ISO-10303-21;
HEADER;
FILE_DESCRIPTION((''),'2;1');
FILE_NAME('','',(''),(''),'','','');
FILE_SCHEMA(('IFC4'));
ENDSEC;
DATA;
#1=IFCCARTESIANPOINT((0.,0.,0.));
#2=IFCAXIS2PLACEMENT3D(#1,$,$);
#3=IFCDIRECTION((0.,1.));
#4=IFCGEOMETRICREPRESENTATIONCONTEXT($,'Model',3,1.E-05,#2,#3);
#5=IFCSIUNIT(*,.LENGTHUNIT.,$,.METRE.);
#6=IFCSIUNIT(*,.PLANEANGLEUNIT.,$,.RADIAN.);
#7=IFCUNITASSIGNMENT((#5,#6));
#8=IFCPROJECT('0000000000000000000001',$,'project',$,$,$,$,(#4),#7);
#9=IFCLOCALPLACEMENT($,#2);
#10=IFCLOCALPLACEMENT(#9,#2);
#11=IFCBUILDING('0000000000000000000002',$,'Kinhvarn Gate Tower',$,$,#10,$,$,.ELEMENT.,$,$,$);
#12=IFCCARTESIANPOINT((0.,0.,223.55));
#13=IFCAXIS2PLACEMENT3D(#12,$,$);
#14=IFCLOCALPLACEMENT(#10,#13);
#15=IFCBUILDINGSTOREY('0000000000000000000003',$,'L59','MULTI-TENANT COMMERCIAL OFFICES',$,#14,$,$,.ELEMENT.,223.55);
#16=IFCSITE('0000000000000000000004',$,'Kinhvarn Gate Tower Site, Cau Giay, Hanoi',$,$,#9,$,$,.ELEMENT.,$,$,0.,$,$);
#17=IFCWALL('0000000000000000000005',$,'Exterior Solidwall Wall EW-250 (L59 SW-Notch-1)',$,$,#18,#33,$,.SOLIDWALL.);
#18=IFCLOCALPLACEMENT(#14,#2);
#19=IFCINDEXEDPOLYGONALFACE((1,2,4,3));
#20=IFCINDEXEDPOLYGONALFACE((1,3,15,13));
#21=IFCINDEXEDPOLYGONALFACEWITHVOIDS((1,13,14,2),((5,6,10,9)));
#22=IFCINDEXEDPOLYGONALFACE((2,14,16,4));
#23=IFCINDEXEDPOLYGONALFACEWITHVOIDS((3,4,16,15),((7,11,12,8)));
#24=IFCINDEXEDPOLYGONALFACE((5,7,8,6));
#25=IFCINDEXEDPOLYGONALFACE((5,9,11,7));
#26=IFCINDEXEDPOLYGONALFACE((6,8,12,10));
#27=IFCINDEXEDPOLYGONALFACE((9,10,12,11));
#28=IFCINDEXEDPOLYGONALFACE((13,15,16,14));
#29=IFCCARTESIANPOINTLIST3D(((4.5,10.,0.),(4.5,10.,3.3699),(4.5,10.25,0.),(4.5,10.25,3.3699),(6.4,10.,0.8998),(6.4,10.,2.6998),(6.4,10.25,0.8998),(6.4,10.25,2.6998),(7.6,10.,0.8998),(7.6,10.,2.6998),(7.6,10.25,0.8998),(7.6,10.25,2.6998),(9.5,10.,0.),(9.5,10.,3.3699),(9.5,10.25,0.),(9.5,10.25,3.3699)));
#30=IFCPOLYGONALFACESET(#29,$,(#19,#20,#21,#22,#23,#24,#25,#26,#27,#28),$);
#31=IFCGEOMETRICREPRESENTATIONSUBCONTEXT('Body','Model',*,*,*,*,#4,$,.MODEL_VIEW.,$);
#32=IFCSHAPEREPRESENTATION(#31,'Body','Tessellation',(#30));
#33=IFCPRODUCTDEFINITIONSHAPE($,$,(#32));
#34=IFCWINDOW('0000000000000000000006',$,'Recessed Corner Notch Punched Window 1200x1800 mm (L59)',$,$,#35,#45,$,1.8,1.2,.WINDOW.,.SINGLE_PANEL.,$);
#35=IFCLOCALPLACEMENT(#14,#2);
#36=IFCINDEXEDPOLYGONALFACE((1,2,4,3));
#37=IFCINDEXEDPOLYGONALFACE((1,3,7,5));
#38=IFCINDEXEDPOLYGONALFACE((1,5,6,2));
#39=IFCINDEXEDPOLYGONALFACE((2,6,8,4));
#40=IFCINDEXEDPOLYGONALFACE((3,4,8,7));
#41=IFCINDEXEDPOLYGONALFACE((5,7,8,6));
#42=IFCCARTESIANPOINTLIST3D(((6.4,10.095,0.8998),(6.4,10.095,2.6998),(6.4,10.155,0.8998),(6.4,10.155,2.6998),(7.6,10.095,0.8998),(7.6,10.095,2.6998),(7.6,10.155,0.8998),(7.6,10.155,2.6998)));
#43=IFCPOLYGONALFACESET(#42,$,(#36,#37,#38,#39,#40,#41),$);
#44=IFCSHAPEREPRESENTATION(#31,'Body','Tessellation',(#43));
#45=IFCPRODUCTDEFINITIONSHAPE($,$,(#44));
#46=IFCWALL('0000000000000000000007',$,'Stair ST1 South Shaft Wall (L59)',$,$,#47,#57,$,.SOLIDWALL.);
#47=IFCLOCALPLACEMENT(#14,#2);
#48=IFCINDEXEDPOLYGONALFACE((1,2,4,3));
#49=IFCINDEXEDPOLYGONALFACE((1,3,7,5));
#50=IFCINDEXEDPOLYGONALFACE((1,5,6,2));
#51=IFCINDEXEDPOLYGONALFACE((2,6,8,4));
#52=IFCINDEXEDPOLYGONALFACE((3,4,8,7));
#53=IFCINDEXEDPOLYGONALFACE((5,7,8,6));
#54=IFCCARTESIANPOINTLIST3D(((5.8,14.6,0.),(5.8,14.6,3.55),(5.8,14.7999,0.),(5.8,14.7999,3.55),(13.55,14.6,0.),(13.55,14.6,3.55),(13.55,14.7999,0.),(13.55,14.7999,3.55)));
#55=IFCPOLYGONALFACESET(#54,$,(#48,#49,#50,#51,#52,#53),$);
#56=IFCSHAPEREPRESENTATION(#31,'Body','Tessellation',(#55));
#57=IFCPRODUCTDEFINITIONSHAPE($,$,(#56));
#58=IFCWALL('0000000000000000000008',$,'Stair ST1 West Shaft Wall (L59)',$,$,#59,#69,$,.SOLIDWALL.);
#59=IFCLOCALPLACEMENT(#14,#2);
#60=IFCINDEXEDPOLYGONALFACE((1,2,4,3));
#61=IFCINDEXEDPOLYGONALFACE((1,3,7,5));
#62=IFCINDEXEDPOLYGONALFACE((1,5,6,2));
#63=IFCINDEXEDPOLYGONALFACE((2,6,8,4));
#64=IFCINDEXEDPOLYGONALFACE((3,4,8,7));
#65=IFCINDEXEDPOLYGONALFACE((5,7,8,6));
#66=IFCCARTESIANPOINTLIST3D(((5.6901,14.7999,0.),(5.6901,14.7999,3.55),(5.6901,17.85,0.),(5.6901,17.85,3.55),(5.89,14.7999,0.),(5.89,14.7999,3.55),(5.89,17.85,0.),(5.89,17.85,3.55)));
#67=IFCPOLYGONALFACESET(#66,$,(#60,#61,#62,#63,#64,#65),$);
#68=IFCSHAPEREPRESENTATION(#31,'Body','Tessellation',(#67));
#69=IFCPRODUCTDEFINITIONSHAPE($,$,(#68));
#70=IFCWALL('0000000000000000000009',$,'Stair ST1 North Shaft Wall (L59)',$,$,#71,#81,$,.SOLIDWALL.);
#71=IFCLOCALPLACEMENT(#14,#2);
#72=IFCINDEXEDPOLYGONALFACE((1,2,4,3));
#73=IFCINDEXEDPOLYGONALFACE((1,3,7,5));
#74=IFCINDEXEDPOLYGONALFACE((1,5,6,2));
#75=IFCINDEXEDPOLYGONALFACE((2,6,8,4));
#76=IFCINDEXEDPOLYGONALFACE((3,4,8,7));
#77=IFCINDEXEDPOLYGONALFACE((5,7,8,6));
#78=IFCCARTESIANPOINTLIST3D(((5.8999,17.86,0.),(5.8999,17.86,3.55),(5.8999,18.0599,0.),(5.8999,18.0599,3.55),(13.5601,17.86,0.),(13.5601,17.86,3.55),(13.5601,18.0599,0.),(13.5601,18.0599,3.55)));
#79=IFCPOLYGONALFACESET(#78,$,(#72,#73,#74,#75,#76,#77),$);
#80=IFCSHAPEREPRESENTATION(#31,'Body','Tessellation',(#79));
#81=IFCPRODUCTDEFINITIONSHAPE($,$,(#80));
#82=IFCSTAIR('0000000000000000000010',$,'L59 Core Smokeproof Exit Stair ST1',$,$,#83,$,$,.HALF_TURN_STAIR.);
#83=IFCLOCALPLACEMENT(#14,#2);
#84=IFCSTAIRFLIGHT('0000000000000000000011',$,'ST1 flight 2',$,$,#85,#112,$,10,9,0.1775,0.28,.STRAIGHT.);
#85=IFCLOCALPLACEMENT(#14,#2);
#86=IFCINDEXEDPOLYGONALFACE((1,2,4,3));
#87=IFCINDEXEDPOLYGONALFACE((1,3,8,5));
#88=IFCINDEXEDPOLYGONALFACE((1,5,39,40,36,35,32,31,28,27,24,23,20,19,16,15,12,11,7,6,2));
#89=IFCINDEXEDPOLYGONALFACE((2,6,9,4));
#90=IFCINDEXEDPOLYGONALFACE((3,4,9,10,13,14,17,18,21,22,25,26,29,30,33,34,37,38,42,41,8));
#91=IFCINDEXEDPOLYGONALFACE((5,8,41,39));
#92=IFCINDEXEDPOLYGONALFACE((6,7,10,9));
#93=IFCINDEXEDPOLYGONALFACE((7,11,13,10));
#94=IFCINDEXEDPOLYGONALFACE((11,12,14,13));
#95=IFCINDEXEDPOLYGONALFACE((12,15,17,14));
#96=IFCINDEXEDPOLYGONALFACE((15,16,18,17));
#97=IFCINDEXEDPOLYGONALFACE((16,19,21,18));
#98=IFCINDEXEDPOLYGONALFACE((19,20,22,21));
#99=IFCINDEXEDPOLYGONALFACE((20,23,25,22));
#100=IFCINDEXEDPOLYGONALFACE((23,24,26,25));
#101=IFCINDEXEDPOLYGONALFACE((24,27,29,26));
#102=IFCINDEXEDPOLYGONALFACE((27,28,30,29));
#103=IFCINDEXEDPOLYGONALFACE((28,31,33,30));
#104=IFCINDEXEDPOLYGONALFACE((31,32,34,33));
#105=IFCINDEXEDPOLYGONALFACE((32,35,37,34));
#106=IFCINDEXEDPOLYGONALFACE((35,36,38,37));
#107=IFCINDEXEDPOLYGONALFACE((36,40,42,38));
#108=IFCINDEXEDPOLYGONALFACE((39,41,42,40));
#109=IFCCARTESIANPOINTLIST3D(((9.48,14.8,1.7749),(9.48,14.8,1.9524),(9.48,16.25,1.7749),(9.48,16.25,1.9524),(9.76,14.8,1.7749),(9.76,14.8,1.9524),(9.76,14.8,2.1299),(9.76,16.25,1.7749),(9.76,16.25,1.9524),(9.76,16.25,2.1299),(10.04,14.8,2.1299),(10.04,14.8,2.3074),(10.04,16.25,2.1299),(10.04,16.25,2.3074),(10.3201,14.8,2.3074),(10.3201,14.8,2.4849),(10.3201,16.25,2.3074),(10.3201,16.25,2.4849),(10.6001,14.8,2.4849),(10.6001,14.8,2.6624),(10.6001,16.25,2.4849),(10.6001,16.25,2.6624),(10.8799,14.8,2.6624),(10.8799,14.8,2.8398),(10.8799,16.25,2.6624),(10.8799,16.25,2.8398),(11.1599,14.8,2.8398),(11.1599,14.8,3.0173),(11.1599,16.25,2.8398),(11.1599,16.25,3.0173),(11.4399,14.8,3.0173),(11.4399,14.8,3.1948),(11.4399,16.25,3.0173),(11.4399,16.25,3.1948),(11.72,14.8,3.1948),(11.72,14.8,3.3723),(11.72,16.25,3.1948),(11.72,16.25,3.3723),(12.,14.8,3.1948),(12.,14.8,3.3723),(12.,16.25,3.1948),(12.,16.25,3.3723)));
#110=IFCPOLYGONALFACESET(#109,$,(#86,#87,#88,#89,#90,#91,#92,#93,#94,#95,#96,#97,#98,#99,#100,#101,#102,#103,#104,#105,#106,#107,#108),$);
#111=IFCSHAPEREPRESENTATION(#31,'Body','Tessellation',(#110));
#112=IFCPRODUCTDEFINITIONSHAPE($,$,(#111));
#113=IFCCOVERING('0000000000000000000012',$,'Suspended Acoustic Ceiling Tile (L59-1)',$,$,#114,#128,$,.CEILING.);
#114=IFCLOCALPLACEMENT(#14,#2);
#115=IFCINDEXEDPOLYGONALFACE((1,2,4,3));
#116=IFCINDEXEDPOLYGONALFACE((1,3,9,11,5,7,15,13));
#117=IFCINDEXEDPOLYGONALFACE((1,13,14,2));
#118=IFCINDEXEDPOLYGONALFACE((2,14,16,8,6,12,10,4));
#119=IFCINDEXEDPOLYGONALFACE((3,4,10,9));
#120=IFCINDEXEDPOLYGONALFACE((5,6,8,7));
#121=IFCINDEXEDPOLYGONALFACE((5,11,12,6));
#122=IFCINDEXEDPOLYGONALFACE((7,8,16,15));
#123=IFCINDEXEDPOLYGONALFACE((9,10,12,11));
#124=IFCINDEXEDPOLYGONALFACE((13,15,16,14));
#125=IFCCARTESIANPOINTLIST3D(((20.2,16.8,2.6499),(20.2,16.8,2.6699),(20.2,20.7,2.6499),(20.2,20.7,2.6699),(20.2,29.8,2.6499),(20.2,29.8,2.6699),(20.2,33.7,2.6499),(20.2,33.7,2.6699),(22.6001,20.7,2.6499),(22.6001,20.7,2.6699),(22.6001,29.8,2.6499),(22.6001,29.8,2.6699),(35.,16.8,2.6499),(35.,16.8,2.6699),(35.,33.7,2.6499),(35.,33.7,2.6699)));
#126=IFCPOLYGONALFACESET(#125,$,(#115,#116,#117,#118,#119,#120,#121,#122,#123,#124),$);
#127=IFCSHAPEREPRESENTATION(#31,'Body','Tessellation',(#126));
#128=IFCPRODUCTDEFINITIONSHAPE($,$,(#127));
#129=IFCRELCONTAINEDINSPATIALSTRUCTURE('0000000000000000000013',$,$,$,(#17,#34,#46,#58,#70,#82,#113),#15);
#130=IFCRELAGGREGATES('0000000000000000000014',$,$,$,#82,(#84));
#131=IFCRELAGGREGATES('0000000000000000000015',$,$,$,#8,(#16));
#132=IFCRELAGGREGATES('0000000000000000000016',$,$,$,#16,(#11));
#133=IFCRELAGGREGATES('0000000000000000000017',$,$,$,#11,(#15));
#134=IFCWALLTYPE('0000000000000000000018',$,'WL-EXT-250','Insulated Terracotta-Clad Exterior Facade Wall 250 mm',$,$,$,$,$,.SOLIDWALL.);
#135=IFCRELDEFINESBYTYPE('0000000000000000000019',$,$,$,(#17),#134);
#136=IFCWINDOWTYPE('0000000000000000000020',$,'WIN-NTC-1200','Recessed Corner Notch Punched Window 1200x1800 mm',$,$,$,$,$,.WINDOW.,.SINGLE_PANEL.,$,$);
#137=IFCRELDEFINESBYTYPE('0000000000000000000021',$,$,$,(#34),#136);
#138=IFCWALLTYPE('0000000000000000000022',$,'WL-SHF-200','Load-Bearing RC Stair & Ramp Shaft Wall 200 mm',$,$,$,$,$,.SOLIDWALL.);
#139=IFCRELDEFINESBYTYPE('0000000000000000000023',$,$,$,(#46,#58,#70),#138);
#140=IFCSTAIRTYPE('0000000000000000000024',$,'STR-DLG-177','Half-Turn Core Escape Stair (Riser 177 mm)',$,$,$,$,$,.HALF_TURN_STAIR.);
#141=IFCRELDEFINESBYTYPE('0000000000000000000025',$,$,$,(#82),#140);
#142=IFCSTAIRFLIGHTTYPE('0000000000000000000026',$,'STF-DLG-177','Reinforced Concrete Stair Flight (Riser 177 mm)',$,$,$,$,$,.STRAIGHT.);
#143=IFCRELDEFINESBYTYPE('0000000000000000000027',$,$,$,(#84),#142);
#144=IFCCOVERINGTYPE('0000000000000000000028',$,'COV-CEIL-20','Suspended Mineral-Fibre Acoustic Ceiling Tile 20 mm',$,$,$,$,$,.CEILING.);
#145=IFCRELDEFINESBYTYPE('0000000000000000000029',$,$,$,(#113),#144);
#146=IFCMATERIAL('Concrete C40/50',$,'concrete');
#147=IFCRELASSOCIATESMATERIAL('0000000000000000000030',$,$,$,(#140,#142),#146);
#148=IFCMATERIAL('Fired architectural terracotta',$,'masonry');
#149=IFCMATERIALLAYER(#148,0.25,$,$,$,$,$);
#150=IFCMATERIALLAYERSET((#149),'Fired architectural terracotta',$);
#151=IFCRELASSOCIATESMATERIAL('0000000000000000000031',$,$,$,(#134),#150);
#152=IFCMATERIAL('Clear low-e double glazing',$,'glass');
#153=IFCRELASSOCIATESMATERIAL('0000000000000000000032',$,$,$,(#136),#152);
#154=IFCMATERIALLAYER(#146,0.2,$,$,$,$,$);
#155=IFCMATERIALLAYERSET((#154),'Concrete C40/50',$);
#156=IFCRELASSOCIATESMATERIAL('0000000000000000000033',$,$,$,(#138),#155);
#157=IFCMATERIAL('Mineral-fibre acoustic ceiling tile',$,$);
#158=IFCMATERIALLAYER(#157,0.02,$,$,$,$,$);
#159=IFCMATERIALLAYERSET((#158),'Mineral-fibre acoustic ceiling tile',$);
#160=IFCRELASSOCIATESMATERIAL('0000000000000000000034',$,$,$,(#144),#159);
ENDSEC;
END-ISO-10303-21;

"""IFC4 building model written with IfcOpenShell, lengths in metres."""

from ifc_helpers import new_model, si_unit, direction, frame, frame_2d, origin, place, context, subcontext, project, spatial, polyline, rectangle, outline, extrude, material, layer, layer_set, type_object, element, fill, aggregate, save


model = new_model("IFC4")

# Units and contexts
model_context = context("Model", 3, precision=1e-05, world=origin(), true_north=direction((0.0, 1.0)))
body_context = subcontext(model_context, "Body", "Model", "MODEL_VIEW")
ifc_project = project(units=[si_unit("LENGTHUNIT", "METRE"), si_unit("PLANEANGLEUNIT", "RADIAN")], contexts=[model_context])

# Site, building, storey
site_placement = place(None, origin())
site = spatial("IfcSite", under=ifc_project, at=site_placement, Name="Kinhvarn Gate Tower Site, Cau Giay, Hanoi", CompositionType="ELEMENT", RefElevation=0.0)
building_placement = place(site_placement, origin())
building = spatial("IfcBuilding", under=site, at=building_placement, Name="Kinhvarn Gate Tower", CompositionType="ELEMENT")
storey_placement = place(building_placement, frame((0.0, 0.0, 223.55)))
storey = spatial("IfcBuildingStorey", under=building, at=storey_placement, Name="L59", Description="MULTI-TENANT COMMERCIAL OFFICES", CompositionType="ELEMENT", Elevation=223.55)

# Shared definitions
ifc_material_1 = material(Name="Concrete C40/50", Category="concrete")
stair_type = type_object("IfcStairType", Name="STR-DLG-177", Description="Half-Turn Core Escape Stair (Riser 177 mm)", PredefinedType="HALF_TURN_STAIR", material=ifc_material_1)

# Wall, opening, window
ifc_material_2 = material(Name="Fired architectural terracotta", Category="masonry")
ifc_layer_1 = layer(ifc_material_2, 0.25)
ifc_layer_set_1 = layer_set([ifc_layer_1], Name="Fired architectural terracotta")
wall_type_1 = type_object("IfcWallType", Name="WL-EXT-250", Description="Insulated Terracotta-Clad Exterior Facade Wall 250 mm", PredefinedType="SOLIDWALL", material=ifc_layer_set_1)
ifc_material_3 = material(Name="Clear low-e double glazing", Category="glass")
wall_1_placement = place(storey_placement, frame((4.5, 10.125, 0.0), z_axis=(0.0, 0.0, 1.0), x_axis=(1.0, 0.0, 0.0)))
wall_1 = element("IfcWall", 1, at=wall_1_placement, inside=storey, type_object=wall_type_1, Name="Exterior Solidwall Wall EW-250 (L59 SW-Notch-1)", PredefinedType="SOLIDWALL", context=body_context, shape_type="SweptSolid", body=[
    extrude(rectangle(XDim=5.0, YDim=0.25, at=frame_2d((2.5, 0.0))), origin(), (0.0, 0.0, 1.0), 3.3699),
])
opening_1_placement = place(wall_1_placement, frame((1.8999, 0.0, 0.8999)))
opening_1 = element("IfcOpeningElement", 2, at=opening_1_placement, cuts=wall_1, PredefinedType="OPENING", context=body_context, shape_type="SweptSolid", body=[
    extrude(rectangle(XDim=1.2, YDim=1.8, at=frame_2d((0.6001, 0.8999))), frame((0.0, 0.135, 0.0), z_axis=(0.0, -1.0, 0.0), x_axis=(1.0, 0.0, 0.0)), (0.0, 0.0, 1.0), 0.27),
])
window_type_1 = type_object("IfcWindowType", Name="WIN-NTC-1200", Description="Recessed Corner Notch Punched Window 1200x1800 mm", PartitioningType="SINGLE_PANEL", PredefinedType="WINDOW", material=ifc_material_3)
window_1_placement = place(opening_1_placement, origin())
window_1 = element("IfcWindow", 3, at=window_1_placement, inside=storey, type_object=window_type_1, Name="Recessed Corner Notch Punched Window 1200x1800 mm (L59)", OverallHeight=1.8, OverallWidth=1.2, PartitioningType="SINGLE_PANEL", PredefinedType="WINDOW", context=body_context, shape_type="SweptSolid", body=[
    extrude(rectangle(XDim=1.2, YDim=1.8, at=frame_2d((0.6001, 0.8999))), frame((0.0, 0.03, 0.0), z_axis=(0.0, -1.0, 0.0), x_axis=(1.0, 0.0, 0.0)), (0.0, 0.0, 1.0), 0.0601),
])
fill(opening_1, window_1)

# Walls
ifc_layer_2 = layer(ifc_material_1, 0.2)
ifc_layer_set_2 = layer_set([ifc_layer_2], Name="Concrete C40/50")
wall_type_2 = type_object("IfcWallType", Name="WL-SHF-200", Description="Load-Bearing RC Stair & Ramp Shaft Wall 200 mm", PredefinedType="SOLIDWALL", material=ifc_layer_set_2)
wall_2_placement = place(storey_placement, frame((5.8, 14.7, 0.0), z_axis=(0.0, 0.0, 1.0), x_axis=(1.0, 0.0, 0.0)))
element("IfcWall", 4, at=wall_2_placement, inside=storey, type_object=wall_type_2, Name="Stair ST1 South Shaft Wall (L59)", PredefinedType="SOLIDWALL", context=body_context, shape_type="SweptSolid", body=[
    extrude(rectangle(XDim=7.75, YDim=0.2, at=frame_2d((3.875, 0.0))), origin(), (0.0, 0.0, 1.0), 3.55),
])
wall_3_placement = place(storey_placement, frame((5.79, 14.8, 0.0), z_axis=(0.0, 0.0, 1.0), x_axis=(0.0, 1.0, 0.0)))
element("IfcWall", 5, at=wall_3_placement, inside=storey, type_object=wall_type_2, Name="Stair ST1 West Shaft Wall (L59)", PredefinedType="SOLIDWALL", context=body_context, shape_type="SweptSolid", body=[
    extrude(rectangle(XDim=3.05, YDim=0.2, at=frame_2d((1.5249, 0.0))), origin(), (0.0, 0.0, 1.0), 3.55),
])
wall_4_placement = place(storey_placement, frame((5.8999, 17.96, 0.0), z_axis=(0.0, 0.0, 1.0), x_axis=(1.0, 0.0, 0.0)))
element("IfcWall", 6, at=wall_4_placement, inside=storey, type_object=wall_type_2, Name="Stair ST1 North Shaft Wall (L59)", PredefinedType="SOLIDWALL", context=body_context, shape_type="SweptSolid", body=[
    extrude(rectangle(XDim=7.6602, YDim=0.2, at=frame_2d((3.8301, 0.0))), origin(), (0.0, 0.0, 1.0), 3.55),
])

# Stair, stair flight
stair_1_placement = place(storey_placement, origin())
stair_1 = element("IfcStair", 7, at=stair_1_placement, inside=storey, type_object=stair_type, Name="L59 Core Smokeproof Exit Stair ST1", PredefinedType="HALF_TURN_STAIR")
stair_flight_type = type_object("IfcStairFlightType", Name="STF-DLG-177", Description="Reinforced Concrete Stair Flight (Riser 177 mm)", PredefinedType="STRAIGHT", material=ifc_material_1)
stair_flight_placement = place(storey_placement, frame((9.48, 15.5249, 1.7749), z_axis=(0.0, 0.0, 1.0), x_axis=(1.0, 0.0, 0.0)))
stair_flight = element("IfcStairFlight", 8, at=stair_flight_placement, type_object=stair_flight_type, Name="ST1 flight 2", NumberOfRisers=10, NumberOfTreads=9, PredefinedType="STRAIGHT", RiserHeight=0.1775, TreadLength=0.28, context=body_context, shape_type="SweptSolid", body=[
    extrude(outline(polyline([(0.0, 0.0), (0.0, 0.1775), (0.28, 0.1775), (0.28, 0.355), (0.5601, 0.355), (0.5601, 0.5325), (0.8401, 0.5325), (0.8401, 0.71), (1.1201, 0.71), (1.1201, 0.8875), (1.3999, 0.8875), (1.3999, 1.0649), (1.6799, 1.0649), (1.6799, 1.2424), (1.96, 1.2424), (1.96, 1.4199), (2.24, 1.4199), (2.24, 1.5974), (2.52, 1.5974), (2.52, 1.7749), (2.52, 1.4199), (0.28, 0.0), (0.0, 0.0)])), frame((0.0, 0.7251, 0.0), z_axis=(0.0, -1.0, 0.0), x_axis=(1.0, 0.0, 0.0)), (0.0, 0.0, 1.0), 1.45),
])
aggregate(stair_1, [stair_flight])

# Covering
ifc_material_4 = material(Name="Mineral-fibre acoustic ceiling tile")
ifc_layer_3 = layer(ifc_material_4, 0.02)
ifc_layer_set_3 = layer_set([ifc_layer_3], Name="Mineral-fibre acoustic ceiling tile")
covering_type = type_object("IfcCoveringType", Name="COV-CEIL-20", Description="Suspended Mineral-Fibre Acoustic Ceiling Tile 20 mm", PredefinedType="CEILING", material=ifc_layer_set_3)
covering_placement = place(storey_placement, frame((0.0, 0.0, 2.6499)))
element("IfcCovering", 9, at=covering_placement, inside=storey, type_object=covering_type, Name="Suspended Acoustic Ceiling Tile (L59-1)", PredefinedType="CEILING", context=body_context, shape_type="SweptSolid", body=[
    extrude(outline(polyline([(35.0, 33.7), (35.0, 16.8), (20.2, 16.8), (20.2, 20.7), (22.6001, 20.7), (22.6001, 29.8), (20.2, 29.8), (20.2, 33.7), (35.0, 33.7)])), origin(), (0.0, 0.0, 1.0), 0.02),
])

save(model, "model.ifc")
